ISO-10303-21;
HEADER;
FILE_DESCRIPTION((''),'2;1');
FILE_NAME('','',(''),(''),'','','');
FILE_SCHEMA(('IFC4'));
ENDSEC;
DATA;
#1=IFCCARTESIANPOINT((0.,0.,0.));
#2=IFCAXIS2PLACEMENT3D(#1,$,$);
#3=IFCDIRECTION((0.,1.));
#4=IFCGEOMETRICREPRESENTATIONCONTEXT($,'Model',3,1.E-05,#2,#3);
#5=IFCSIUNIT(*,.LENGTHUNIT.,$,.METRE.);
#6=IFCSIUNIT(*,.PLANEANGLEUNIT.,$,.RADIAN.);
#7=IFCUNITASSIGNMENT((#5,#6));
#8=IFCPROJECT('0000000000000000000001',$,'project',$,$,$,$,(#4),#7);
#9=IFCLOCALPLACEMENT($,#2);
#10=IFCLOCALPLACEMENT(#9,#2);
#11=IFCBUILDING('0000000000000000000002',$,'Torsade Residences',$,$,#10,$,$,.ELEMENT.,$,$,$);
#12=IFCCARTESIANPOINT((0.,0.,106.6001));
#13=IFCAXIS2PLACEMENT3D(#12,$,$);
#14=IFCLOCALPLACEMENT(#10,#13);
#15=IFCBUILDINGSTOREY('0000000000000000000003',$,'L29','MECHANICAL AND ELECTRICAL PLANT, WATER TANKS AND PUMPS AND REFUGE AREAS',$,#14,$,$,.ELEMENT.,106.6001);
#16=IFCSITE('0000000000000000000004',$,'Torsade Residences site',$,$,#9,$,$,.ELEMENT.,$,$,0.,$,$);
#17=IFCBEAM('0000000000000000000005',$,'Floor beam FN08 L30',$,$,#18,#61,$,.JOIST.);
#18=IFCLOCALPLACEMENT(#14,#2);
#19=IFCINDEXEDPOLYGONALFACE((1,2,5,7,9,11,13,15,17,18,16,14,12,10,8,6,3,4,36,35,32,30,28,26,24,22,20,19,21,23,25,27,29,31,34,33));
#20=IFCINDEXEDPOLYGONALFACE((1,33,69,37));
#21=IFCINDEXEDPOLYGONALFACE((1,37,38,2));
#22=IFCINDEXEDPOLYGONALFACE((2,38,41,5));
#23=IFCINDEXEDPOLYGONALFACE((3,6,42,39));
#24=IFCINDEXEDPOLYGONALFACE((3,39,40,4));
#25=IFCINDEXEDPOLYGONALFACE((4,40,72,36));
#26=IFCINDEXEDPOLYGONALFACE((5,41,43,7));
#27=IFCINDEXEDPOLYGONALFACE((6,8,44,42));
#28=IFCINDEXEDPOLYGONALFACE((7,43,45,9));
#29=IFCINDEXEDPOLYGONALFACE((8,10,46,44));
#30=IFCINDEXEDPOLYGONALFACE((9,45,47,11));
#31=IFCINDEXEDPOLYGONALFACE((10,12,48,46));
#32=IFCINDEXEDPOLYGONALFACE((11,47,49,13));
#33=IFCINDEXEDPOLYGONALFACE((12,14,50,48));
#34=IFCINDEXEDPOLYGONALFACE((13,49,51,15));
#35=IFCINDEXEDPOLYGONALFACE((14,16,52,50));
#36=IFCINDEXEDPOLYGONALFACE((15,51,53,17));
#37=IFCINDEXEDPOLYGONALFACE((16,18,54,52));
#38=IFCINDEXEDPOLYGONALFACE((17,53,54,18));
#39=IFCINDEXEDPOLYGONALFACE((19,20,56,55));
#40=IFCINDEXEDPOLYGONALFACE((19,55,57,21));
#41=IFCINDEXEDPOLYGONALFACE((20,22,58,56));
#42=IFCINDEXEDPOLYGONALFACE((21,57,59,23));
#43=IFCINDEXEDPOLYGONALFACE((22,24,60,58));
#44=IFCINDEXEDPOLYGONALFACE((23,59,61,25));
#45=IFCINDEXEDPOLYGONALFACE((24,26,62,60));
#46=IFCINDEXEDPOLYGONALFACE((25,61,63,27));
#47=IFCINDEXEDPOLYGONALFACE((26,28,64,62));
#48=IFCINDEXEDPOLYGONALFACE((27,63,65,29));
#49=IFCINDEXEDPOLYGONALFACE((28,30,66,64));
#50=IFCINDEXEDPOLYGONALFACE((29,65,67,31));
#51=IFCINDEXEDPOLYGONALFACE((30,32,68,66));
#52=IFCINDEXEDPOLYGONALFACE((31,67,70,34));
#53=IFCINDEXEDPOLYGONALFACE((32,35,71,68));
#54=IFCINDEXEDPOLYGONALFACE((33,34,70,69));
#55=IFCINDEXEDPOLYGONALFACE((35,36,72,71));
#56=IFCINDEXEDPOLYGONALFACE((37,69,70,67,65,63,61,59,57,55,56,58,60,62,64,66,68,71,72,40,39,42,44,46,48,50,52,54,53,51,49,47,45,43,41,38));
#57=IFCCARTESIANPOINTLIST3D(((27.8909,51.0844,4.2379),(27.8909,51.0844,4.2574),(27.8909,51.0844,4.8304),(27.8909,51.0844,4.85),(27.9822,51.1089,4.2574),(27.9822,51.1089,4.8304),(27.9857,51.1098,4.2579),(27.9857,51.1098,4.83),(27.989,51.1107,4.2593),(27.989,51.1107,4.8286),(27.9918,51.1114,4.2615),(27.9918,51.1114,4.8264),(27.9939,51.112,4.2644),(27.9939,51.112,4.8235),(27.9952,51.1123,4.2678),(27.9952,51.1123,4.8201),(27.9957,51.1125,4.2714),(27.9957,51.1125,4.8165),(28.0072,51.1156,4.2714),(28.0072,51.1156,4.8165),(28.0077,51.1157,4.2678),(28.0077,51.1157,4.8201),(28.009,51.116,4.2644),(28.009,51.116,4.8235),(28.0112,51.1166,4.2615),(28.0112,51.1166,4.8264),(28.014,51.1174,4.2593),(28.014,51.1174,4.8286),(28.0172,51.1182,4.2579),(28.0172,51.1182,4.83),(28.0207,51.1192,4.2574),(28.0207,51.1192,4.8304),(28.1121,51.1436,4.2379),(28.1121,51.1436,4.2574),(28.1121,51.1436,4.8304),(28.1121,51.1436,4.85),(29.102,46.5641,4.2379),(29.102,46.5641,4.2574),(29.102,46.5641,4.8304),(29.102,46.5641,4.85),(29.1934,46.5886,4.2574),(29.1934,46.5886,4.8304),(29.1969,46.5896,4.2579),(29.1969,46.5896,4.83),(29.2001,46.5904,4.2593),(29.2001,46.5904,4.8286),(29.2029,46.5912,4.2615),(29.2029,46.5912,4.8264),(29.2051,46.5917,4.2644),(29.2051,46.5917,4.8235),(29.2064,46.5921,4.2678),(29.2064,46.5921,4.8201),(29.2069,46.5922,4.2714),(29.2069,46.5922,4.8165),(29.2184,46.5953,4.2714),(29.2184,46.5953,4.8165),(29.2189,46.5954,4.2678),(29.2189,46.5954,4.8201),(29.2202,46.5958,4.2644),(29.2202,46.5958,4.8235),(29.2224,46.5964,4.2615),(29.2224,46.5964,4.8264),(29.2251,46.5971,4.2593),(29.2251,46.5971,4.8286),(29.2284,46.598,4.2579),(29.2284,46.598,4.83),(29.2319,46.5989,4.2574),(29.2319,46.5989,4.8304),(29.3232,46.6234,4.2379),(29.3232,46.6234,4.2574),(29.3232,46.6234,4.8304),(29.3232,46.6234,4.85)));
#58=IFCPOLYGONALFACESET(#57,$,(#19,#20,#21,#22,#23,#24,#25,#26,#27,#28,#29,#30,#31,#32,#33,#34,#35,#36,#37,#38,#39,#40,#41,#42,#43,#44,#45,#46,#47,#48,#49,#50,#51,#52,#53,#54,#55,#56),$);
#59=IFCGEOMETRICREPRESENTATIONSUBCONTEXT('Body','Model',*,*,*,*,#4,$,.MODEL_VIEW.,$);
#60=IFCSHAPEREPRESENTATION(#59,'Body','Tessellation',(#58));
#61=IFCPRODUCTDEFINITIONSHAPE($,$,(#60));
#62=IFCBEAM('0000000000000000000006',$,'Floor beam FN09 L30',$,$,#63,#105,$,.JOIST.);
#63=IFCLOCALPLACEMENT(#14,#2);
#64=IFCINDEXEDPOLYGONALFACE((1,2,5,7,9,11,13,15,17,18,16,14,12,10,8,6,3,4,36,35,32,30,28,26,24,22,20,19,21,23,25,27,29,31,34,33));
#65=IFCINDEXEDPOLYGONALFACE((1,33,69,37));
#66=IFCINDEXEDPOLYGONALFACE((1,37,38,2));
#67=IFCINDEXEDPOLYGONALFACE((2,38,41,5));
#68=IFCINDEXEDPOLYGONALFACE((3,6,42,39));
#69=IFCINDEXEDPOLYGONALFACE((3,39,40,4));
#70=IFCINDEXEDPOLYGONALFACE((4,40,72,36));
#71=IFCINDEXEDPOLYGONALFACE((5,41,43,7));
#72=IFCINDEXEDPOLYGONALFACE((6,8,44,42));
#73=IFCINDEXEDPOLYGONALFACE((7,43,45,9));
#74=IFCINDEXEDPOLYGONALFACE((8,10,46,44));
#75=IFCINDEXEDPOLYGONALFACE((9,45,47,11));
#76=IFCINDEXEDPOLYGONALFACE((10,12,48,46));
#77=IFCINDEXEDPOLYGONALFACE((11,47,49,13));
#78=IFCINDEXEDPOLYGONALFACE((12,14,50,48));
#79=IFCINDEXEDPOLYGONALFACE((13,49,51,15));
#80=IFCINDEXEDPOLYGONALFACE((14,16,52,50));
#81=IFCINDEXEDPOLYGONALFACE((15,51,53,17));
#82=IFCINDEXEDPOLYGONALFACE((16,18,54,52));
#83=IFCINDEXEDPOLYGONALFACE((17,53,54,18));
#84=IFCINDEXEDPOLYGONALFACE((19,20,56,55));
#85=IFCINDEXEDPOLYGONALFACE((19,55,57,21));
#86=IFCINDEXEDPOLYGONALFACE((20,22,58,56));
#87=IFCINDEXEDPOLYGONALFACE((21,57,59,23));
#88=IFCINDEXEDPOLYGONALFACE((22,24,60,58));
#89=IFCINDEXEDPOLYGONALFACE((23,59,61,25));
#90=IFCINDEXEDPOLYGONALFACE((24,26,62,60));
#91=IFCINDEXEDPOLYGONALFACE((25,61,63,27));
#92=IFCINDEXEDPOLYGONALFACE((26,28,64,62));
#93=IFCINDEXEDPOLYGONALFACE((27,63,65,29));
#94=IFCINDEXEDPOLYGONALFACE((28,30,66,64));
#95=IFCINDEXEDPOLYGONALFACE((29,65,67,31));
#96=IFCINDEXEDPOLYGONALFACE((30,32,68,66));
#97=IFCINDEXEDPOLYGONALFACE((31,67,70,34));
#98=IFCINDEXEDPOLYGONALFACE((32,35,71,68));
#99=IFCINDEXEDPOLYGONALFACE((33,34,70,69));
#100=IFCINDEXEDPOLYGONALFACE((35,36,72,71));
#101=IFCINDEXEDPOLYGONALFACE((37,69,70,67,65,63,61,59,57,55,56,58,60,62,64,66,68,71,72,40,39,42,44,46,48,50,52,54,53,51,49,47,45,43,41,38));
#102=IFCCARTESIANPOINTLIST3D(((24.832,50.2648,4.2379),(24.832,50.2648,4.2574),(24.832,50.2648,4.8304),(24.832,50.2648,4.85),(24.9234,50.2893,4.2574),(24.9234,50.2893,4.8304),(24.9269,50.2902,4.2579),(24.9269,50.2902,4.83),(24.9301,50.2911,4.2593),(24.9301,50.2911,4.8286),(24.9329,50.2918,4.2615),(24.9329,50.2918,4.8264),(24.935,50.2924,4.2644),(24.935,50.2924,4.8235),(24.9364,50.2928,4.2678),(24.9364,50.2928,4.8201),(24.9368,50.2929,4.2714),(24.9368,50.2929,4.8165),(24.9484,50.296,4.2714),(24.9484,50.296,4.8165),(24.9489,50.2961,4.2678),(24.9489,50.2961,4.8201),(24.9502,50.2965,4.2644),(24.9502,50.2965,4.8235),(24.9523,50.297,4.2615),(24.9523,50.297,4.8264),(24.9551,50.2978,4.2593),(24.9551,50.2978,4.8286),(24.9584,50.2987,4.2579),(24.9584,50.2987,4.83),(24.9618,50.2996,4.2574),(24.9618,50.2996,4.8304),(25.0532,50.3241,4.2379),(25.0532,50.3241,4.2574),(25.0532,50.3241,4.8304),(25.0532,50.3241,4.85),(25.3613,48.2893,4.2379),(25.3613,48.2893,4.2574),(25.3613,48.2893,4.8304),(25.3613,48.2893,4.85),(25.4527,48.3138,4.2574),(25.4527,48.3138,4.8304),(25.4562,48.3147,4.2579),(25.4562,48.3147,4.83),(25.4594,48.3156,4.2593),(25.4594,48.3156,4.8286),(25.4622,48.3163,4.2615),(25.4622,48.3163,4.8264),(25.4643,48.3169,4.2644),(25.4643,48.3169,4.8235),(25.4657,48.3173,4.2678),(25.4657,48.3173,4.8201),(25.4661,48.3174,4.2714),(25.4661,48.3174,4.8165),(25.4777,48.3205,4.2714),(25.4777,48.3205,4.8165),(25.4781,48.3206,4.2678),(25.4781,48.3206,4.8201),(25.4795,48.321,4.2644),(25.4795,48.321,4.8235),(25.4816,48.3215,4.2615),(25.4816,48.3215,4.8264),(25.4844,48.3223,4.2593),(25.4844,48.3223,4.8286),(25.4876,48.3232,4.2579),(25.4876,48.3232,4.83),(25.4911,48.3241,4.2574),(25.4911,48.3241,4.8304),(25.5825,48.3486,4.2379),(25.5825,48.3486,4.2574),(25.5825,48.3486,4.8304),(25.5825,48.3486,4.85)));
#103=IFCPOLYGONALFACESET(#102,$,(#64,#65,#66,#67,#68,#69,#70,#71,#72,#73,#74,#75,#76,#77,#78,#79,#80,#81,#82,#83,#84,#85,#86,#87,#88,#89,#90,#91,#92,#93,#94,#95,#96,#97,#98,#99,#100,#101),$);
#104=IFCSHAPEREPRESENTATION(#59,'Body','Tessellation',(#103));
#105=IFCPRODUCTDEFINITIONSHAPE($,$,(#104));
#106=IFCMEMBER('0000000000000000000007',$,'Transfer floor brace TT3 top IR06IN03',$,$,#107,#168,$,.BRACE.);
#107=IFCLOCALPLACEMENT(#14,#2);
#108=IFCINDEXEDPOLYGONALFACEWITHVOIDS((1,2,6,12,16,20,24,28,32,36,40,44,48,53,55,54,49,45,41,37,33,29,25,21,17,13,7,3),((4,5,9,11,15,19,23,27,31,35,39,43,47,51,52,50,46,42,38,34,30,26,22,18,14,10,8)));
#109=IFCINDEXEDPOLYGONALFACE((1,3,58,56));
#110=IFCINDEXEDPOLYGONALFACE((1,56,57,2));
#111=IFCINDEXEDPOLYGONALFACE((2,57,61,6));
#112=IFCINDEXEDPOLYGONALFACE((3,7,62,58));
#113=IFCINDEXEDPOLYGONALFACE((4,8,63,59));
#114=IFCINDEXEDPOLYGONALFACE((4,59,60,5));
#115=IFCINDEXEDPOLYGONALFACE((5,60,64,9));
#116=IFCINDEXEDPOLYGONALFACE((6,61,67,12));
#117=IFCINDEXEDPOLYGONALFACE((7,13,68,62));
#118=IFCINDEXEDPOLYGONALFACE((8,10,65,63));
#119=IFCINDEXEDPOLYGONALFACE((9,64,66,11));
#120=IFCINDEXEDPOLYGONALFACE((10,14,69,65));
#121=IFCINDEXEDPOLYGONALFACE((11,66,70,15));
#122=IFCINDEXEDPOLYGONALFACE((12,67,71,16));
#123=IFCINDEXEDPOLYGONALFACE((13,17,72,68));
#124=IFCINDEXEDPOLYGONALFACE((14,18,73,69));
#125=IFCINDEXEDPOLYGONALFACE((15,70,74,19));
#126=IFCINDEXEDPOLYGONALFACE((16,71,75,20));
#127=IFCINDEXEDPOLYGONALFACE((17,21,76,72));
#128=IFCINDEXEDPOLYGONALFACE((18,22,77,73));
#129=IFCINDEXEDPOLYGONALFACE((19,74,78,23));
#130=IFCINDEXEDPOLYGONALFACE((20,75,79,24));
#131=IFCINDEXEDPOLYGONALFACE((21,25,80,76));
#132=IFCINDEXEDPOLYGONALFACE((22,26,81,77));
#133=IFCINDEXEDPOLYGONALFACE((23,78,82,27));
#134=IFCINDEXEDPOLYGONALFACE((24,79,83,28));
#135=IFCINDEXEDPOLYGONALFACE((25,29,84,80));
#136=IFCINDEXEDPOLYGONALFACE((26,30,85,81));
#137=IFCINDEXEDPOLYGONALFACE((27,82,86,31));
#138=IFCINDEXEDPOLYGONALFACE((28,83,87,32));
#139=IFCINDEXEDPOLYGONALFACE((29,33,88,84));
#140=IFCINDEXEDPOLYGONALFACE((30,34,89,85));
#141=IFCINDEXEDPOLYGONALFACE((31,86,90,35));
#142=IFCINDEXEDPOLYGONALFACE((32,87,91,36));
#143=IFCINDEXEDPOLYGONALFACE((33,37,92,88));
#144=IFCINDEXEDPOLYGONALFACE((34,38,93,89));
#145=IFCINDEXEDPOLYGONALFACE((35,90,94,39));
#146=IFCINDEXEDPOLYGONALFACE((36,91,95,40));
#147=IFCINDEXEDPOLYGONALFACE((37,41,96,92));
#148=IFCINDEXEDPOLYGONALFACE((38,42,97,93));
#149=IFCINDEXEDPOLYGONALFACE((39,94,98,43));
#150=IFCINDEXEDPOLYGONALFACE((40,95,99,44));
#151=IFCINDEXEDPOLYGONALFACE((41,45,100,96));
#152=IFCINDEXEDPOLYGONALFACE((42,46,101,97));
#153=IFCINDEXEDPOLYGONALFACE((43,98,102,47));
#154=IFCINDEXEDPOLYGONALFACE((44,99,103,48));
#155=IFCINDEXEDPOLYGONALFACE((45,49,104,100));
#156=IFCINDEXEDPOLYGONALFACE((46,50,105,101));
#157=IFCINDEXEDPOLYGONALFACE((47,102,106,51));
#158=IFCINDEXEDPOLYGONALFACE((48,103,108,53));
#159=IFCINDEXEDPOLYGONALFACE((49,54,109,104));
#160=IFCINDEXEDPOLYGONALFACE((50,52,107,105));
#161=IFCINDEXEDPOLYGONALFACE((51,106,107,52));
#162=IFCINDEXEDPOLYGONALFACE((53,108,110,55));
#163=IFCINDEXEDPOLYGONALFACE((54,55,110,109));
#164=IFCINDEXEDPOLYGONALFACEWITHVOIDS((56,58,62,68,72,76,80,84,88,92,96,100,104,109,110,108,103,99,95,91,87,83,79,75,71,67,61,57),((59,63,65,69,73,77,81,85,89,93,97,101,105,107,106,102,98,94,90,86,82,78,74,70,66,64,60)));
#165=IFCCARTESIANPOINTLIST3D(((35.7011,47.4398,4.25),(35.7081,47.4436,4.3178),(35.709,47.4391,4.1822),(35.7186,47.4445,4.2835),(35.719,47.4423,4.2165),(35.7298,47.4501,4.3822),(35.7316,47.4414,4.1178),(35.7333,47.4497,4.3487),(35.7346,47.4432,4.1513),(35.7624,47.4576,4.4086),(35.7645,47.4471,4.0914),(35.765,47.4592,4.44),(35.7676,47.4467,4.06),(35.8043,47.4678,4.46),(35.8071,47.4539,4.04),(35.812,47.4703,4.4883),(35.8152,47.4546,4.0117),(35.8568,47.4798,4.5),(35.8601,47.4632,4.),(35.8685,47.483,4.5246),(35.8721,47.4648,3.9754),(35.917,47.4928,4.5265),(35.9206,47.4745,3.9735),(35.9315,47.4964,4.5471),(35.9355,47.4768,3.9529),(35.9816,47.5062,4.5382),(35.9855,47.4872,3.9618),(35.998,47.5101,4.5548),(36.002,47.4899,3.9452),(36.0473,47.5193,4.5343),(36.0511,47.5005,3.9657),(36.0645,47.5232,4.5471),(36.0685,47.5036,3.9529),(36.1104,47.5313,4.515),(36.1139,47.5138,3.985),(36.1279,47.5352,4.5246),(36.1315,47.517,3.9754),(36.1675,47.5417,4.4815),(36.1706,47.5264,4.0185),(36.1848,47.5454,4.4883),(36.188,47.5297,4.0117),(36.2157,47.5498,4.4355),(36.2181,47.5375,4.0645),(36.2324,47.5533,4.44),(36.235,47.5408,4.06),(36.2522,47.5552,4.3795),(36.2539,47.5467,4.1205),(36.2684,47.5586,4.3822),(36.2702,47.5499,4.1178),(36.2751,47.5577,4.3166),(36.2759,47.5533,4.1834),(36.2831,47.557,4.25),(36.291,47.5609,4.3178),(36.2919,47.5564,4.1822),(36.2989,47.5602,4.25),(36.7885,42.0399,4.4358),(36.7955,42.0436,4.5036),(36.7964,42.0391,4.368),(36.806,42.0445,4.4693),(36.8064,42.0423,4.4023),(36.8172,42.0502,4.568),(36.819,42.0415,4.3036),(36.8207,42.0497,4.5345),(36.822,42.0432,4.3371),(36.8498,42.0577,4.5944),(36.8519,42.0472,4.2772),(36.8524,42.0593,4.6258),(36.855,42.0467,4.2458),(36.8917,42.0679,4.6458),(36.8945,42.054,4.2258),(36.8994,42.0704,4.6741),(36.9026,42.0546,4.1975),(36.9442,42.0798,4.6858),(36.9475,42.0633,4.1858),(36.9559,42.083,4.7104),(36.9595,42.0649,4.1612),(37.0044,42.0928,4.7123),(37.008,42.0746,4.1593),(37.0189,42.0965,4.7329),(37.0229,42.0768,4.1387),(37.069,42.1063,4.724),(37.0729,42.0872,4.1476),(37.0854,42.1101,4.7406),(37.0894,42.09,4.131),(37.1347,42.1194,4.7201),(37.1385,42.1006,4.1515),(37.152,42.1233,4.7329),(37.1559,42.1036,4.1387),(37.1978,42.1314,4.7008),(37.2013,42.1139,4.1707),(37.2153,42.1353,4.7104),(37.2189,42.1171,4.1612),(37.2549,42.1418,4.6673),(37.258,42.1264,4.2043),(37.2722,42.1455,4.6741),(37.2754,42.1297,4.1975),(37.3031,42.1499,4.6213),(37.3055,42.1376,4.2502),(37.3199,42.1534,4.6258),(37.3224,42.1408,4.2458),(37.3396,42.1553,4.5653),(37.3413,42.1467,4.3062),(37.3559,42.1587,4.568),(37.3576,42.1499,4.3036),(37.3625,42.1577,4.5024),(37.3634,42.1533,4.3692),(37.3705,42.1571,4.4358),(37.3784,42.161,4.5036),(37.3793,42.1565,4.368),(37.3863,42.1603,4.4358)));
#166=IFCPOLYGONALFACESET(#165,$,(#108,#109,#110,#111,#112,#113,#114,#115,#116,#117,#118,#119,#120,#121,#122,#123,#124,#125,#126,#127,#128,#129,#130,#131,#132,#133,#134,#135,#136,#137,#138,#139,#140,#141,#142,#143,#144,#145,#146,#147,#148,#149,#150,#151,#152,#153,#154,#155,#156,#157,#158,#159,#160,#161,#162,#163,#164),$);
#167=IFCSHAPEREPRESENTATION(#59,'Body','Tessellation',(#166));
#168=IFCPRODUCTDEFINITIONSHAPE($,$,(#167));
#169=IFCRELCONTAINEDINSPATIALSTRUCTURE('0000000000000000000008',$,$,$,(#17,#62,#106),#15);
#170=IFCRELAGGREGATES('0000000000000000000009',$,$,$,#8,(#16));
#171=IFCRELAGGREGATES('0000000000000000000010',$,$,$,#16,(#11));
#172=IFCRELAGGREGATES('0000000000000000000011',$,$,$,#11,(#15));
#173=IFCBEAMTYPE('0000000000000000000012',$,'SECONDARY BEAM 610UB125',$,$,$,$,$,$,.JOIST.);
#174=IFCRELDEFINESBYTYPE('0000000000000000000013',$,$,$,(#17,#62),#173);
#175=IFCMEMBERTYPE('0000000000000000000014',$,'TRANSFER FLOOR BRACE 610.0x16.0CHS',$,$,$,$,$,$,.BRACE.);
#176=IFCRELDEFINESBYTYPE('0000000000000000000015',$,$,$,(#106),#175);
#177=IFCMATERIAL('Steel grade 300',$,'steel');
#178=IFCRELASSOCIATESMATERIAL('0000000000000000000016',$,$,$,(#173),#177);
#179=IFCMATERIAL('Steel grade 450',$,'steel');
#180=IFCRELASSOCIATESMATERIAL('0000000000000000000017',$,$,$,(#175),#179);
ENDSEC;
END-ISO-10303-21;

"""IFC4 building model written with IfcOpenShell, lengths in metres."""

from ifc_helpers import new_model, si_unit, direction, frame, origin, origin_2d, place, context, subcontext, project, spatial, hollow_circle, i_section, extrude, material, material_profile, profile_set, type_object, element, save


model = new_model("IFC4")

# Units and contexts
model_context = context("Model", 3, precision=1e-05, world=origin(), true_north=direction((0.0, 1.0)))
body_context = subcontext(model_context, "Body", "Model", "MODEL_VIEW")
ifc_project = project(units=[si_unit("LENGTHUNIT", "METRE"), si_unit("PLANEANGLEUNIT", "RADIAN")], contexts=[model_context])

# Site, building, storey
site_placement = place(None, origin())
site = spatial("IfcSite", under=ifc_project, at=site_placement, Name="Torsade Residences site", CompositionType="ELEMENT", RefElevation=0.0)
building_placement = place(site_placement, origin())
building = spatial("IfcBuilding", under=site, at=building_placement, Name="Torsade Residences", CompositionType="ELEMENT")
storey_placement = place(building_placement, frame((0.0, 0.0, 106.6001)))
storey = spatial("IfcBuildingStorey", under=building, at=storey_placement, Name="L29", Description="MECHANICAL AND ELECTRICAL PLANT, WATER TANKS AND PUMPS AND REFUGE AREAS", CompositionType="ELEMENT", Elevation=106.6001)

# Beams
ifc_material_1 = material(Name="Steel grade 300", Category="steel")
ifc_material_profile_1 = material_profile(ifc_material_1, i_section(OverallWidth=0.229, OverallDepth=0.6121, WebThickness=0.012, FlangeThickness=0.0195, FilletRadius=0.0139, at=origin_2d()), Name="610UB125")
ifc_profile_set_1 = profile_set([ifc_material_profile_1], Name="Steel grade 300")
beam_type_1 = type_object("IfcBeamType", Name="SECONDARY BEAM 610UB125", PredefinedType="JOIST", material=ifc_profile_set_1)
beam_1_placement = place(storey_placement, frame((28.0015, 51.114, 4.5439), z_axis=(0.258815, -0.965927, 0.0), x_axis=(0.965927, 0.258815, 0.0)))
element("IfcBeam", 1, at=beam_1_placement, inside=storey, type_object=beam_type_1, Name="Floor beam FN08 L30", PredefinedType="JOIST", context=body_context, shape_type="SweptSolid", body=[
    extrude(i_section(OverallWidth=0.229, OverallDepth=0.6121, WebThickness=0.012, FlangeThickness=0.0195, FilletRadius=0.0139, at=origin_2d()), origin(), (0.0, 0.0, 1.0), 4.6797),
])
beam_2_placement = place(storey_placement, frame((24.9426, 50.2944, 4.5439), z_axis=(0.258792, -0.965933, 0.0), x_axis=(0.965933, 0.258792, 0.0)))
element("IfcBeam", 2, at=beam_2_placement, inside=storey, type_object=beam_type_1, Name="Floor beam FN09 L30", PredefinedType="JOIST", context=body_context, shape_type="SweptSolid", body=[
    extrude(i_section(OverallWidth=0.229, OverallDepth=0.6121, WebThickness=0.012, FlangeThickness=0.0195, FilletRadius=0.0139, at=origin_2d()), origin(), (0.0, 0.0, 1.0), 2.0452),
])

# Member
ifc_material_2 = material(Name="Steel grade 450", Category="steel")
ifc_material_profile_2 = material_profile(ifc_material_2, hollow_circle(Radius=0.3049, WallThickness=0.0161, at=origin_2d()), Name="610.0x16.0CHS")
ifc_profile_set_2 = profile_set([ifc_material_profile_2], Name="Steel grade 450")
member_type_1 = type_object("IfcMemberType", Name="TRANSFER FLOOR BRACE 610.0x16.0CHS", PredefinedType="BRACE", material=ifc_profile_set_2)
member_1_placement = place(storey_placement, frame((36.0, 47.5, 4.25), z_axis=(0.197299, -0.979764, 0.03371), x_axis=(0.980321, 0.197412, 0.0)))
element("IfcMember", 3, at=member_1_placement, inside=storey, type_object=member_type_1, Name="Transfer floor brace TT3 top IR06IN03", PredefinedType="BRACE", context=body_context, shape_type="SweptSolid", body=[
    extrude(hollow_circle(Radius=0.3049, WallThickness=0.0161, at=origin_2d()), origin(), (0.0, 0.0, 1.0), 5.5115),
])

save(model, "model.ifc")
